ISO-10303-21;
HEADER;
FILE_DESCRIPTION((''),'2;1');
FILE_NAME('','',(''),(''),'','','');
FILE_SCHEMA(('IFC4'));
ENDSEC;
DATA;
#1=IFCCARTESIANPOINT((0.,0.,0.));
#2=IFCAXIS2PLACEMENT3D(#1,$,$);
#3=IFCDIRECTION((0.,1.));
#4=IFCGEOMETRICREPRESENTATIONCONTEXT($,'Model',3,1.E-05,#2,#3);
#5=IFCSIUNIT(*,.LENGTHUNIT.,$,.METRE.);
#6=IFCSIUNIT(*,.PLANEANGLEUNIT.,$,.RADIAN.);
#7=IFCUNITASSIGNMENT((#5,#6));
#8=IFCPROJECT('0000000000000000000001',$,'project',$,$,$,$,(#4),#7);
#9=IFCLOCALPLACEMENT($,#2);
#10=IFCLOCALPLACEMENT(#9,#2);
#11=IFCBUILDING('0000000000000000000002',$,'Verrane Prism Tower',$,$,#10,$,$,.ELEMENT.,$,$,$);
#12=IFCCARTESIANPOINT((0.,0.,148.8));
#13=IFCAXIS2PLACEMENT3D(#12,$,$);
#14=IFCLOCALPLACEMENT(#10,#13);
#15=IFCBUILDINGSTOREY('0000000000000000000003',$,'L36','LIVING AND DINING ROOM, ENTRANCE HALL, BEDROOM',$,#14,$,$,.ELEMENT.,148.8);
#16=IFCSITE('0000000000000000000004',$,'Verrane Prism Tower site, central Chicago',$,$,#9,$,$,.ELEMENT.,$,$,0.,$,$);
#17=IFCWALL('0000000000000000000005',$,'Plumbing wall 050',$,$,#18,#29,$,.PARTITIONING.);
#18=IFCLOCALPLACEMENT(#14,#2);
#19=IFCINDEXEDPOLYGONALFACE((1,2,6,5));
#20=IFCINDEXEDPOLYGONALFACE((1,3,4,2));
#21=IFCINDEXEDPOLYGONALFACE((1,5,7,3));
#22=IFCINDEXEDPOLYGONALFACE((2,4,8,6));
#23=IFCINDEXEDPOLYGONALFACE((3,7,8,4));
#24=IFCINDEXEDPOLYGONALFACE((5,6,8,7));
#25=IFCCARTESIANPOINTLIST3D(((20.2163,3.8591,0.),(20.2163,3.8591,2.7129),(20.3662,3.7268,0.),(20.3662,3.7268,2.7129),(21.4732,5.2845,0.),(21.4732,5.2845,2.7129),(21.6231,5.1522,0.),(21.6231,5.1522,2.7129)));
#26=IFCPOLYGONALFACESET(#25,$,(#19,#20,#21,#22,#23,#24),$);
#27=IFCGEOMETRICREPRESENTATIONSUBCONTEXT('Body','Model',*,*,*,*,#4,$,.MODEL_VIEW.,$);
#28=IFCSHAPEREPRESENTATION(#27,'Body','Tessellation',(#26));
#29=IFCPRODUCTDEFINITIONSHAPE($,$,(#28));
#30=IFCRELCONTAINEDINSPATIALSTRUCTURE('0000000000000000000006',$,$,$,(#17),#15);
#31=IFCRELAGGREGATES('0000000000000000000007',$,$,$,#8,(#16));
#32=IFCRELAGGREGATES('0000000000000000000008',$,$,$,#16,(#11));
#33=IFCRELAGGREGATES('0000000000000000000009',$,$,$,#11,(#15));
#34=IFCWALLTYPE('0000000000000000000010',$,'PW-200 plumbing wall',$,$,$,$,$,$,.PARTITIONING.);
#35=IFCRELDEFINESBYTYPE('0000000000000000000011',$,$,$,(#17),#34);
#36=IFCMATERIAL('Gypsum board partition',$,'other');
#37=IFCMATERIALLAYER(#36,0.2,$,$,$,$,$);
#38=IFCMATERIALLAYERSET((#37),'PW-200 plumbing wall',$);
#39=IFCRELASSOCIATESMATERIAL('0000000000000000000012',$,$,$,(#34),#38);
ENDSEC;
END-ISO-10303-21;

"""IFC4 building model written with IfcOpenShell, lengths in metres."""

from ifc_helpers import new_model, si_unit, direction, frame, frame_2d, origin, place, context, subcontext, project, spatial, rectangle, extrude, material, layer, layer_set, type_object, element, save


model = new_model("IFC4")

# Units and contexts
model_context = context("Model", 3, precision=1e-05, world=origin(), true_north=direction((0.0, 1.0)))
body_context = subcontext(model_context, "Body", "Model", "MODEL_VIEW")
ifc_project = project(units=[si_unit("LENGTHUNIT", "METRE"), si_unit("PLANEANGLEUNIT", "RADIAN")], contexts=[model_context])

# Site, building, storey
site_placement = place(None, origin())
site = spatial("IfcSite", under=ifc_project, at=site_placement, Name="Verrane Prism Tower site, central Chicago", CompositionType="ELEMENT", RefElevation=0.0)
building_placement = place(site_placement, origin())
building = spatial("IfcBuilding", under=site, at=building_placement, Name="Verrane Prism Tower", CompositionType="ELEMENT")
storey_placement = place(building_placement, frame((0.0, 0.0, 148.8)))
storey = spatial("IfcBuildingStorey", under=building, at=storey_placement, Name="L36", Description="LIVING AND DINING ROOM, ENTRANCE HALL, BEDROOM", CompositionType="ELEMENT", Elevation=148.8)

# Shared definitions
ifc_material_1 = material(Name="Gypsum board partition", Category="other")
ifc_layer_1 = layer(ifc_material_1, 0.2)
ifc_layer_set_1 = layer_set([ifc_layer_1], Name="PW-200 plumbing wall")
wall_type_1 = type_object("IfcWallType", Name="PW-200 plumbing wall", PredefinedType="PARTITIONING", material=ifc_layer_set_1)

# Wall
wall_1_placement = place(storey_placement, frame((20.2913, 3.793, 0.0), z_axis=(0.0, 0.0, 1.0), x_axis=(0.661392, 0.75004, 0.0)))
element("IfcWall", 1, at=wall_1_placement, inside=storey, type_object=wall_type_1, Name="Plumbing wall 050", PredefinedType="PARTITIONING", context=body_context, shape_type="SweptSolid", body=[
    extrude(rectangle(XDim=1.9004, YDim=0.2, at=frame_2d((0.9502, 0.0))), origin(), (0.0, 0.0, 1.0), 2.7129),
])

save(model, "model.ifc")
